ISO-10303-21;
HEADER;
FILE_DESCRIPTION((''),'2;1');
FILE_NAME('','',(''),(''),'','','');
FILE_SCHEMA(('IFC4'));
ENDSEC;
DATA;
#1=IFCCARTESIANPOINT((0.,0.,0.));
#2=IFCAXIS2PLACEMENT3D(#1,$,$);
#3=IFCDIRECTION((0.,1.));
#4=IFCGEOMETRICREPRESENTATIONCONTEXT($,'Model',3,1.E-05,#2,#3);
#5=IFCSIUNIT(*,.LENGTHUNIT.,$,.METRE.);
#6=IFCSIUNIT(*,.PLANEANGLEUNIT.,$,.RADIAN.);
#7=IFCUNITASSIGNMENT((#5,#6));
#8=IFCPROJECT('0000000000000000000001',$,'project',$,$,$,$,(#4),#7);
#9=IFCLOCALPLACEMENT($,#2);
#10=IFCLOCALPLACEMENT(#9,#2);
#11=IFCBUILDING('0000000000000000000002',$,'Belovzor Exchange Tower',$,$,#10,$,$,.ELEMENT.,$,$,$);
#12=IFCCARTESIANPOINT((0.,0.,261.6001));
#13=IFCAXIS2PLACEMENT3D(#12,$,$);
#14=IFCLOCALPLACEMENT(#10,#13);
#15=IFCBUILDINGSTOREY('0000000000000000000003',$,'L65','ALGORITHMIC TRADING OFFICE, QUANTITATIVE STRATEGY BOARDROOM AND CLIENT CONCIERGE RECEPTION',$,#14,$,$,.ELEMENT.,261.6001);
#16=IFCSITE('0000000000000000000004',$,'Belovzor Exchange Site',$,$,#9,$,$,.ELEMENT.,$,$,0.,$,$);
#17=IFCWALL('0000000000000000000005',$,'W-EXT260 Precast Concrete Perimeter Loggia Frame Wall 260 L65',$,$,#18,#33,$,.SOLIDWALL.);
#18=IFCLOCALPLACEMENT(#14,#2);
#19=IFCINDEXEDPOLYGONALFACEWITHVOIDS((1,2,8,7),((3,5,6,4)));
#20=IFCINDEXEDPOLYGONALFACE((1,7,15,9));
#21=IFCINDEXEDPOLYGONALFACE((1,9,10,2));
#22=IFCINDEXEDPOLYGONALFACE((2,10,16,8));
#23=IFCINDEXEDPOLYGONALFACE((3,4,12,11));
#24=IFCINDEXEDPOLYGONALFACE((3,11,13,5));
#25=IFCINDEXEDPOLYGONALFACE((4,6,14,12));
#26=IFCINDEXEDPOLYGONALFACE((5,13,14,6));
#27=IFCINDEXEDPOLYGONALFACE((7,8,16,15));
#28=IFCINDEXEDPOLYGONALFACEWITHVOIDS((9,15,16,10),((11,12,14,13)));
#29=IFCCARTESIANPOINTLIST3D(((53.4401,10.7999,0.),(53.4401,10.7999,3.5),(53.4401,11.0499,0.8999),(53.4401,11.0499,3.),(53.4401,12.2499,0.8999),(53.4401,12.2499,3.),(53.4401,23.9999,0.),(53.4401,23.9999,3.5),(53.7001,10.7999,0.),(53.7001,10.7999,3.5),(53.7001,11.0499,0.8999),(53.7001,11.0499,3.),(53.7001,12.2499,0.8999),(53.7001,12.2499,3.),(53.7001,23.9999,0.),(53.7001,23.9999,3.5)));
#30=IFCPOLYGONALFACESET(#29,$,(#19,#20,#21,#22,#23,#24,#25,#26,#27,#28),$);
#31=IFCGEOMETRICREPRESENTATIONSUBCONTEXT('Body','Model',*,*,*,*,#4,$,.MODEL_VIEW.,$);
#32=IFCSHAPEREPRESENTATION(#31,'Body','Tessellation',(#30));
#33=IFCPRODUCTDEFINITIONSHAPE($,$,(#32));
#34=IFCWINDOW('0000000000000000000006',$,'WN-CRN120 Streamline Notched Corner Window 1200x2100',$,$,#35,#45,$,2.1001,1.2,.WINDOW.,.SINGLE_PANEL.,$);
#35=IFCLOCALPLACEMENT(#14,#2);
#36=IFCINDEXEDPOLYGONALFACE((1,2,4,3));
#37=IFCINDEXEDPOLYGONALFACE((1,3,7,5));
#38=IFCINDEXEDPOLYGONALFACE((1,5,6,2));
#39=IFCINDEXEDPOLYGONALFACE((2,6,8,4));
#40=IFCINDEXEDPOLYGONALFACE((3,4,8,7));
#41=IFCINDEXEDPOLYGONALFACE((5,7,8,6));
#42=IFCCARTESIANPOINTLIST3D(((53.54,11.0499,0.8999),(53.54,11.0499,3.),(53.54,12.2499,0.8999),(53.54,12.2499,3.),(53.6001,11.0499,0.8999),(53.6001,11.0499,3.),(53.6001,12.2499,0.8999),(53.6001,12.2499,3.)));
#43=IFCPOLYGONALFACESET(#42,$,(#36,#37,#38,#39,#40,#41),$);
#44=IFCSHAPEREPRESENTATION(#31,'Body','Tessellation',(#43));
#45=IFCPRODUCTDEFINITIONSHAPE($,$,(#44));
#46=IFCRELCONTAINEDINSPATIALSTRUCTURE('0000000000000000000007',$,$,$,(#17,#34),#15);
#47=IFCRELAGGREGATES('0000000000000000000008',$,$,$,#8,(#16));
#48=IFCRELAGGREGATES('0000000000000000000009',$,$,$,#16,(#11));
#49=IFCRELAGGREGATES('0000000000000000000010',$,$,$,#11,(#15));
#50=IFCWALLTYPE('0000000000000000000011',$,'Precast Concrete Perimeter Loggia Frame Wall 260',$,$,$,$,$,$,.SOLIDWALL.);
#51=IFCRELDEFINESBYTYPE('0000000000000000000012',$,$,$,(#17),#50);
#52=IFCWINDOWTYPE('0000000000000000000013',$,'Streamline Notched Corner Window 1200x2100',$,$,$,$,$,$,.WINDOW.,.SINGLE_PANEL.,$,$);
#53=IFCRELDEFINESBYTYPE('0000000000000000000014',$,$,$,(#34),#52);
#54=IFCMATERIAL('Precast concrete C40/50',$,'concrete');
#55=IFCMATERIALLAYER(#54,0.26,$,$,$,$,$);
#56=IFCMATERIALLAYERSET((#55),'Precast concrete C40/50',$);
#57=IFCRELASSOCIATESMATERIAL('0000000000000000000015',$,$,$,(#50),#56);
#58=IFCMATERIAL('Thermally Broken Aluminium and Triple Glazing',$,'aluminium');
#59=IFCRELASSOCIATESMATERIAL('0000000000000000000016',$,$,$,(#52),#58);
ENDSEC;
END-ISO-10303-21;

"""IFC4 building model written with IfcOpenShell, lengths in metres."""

from ifc_helpers import new_model, si_unit, direction, frame, frame_2d, origin, place, context, subcontext, project, spatial, rectangle, extrude, material, layer, layer_set, type_object, element, fill, save


model = new_model("IFC4")

# Units and contexts
model_context = context("Model", 3, precision=1e-05, world=origin(), true_north=direction((0.0, 1.0)))
body_context = subcontext(model_context, "Body", "Model", "MODEL_VIEW")
ifc_project = project(units=[si_unit("LENGTHUNIT", "METRE"), si_unit("PLANEANGLEUNIT", "RADIAN")], contexts=[model_context])

# Site, building, storey
site_placement = place(None, origin())
site = spatial("IfcSite", under=ifc_project, at=site_placement, Name="Belovzor Exchange Site", CompositionType="ELEMENT", RefElevation=0.0)
building_placement = place(site_placement, origin())
building = spatial("IfcBuilding", under=site, at=building_placement, Name="Belovzor Exchange Tower", CompositionType="ELEMENT")
storey_placement = place(building_placement, frame((0.0, 0.0, 261.6001)))
storey = spatial("IfcBuildingStorey", under=building, at=storey_placement, Name="L65", Description="ALGORITHMIC TRADING OFFICE, QUANTITATIVE STRATEGY BOARDROOM AND CLIENT CONCIERGE RECEPTION", CompositionType="ELEMENT", Elevation=261.6001)

# Shared definitions
ifc_material_1 = material(Name="Precast concrete C40/50", Category="concrete")
ifc_layer_1 = layer(ifc_material_1, 0.26)
ifc_layer_set_1 = layer_set([ifc_layer_1], Name="Precast concrete C40/50")
wall_type_1 = type_object("IfcWallType", Name="Precast Concrete Perimeter Loggia Frame Wall 260", PredefinedType="SOLIDWALL", material=ifc_layer_set_1)

# Wall, opening, window
wall_1_placement = place(storey_placement, frame((53.5701, 24.0, 0.0), z_axis=(0.0, 0.0, 1.0), x_axis=(0.0, -1.0, 0.0)))
wall_1 = element("IfcWall", 1, at=wall_1_placement, inside=storey, type_object=wall_type_1, Name="W-EXT260 Precast Concrete Perimeter Loggia Frame Wall 260 L65", PredefinedType="SOLIDWALL", context=body_context, shape_type="SweptSolid", body=[
    extrude(rectangle(XDim=13.2, YDim=0.26, at=frame_2d((6.6001, 0.0))), origin(), (0.0, 0.0, 1.0), 3.5),
])
opening_1_placement = place(wall_1_placement, frame((11.75, 0.0, 0.8999)))
opening_1 = element("IfcOpeningElement", 2, at=opening_1_placement, cuts=wall_1, PredefinedType="OPENING", context=body_context, shape_type="SweptSolid", body=[
    extrude(rectangle(XDim=1.2, YDim=2.1001, at=frame_2d((0.6001, 1.05))), frame((0.0, 0.1399, 0.0), z_axis=(0.0, -1.0, 0.0), x_axis=(1.0, 0.0, 0.0)), (0.0, 0.0, 1.0), 0.28),
])
ifc_material_2 = material(Name="Thermally Broken Aluminium and Triple Glazing", Category="aluminium")
window_type_1 = type_object("IfcWindowType", Name="Streamline Notched Corner Window 1200x2100", PartitioningType="SINGLE_PANEL", PredefinedType="WINDOW", material=ifc_material_2)
window_1_placement = place(opening_1_placement, origin())
window_1 = element("IfcWindow", 3, at=window_1_placement, inside=storey, type_object=window_type_1, Name="WN-CRN120 Streamline Notched Corner Window 1200x2100", OverallHeight=2.1001, OverallWidth=1.2, PartitioningType="SINGLE_PANEL", PredefinedType="WINDOW", context=body_context, shape_type="SweptSolid", body=[
    extrude(rectangle(XDim=1.2, YDim=2.1001, at=frame_2d((0.6001, 1.05))), frame((0.0, 0.03, 0.0), z_axis=(0.0, -1.0, 0.0), x_axis=(1.0, 0.0, 0.0)), (0.0, 0.0, 1.0), 0.0601),
])
fill(opening_1, window_1)

save(model, "model.ifc")
